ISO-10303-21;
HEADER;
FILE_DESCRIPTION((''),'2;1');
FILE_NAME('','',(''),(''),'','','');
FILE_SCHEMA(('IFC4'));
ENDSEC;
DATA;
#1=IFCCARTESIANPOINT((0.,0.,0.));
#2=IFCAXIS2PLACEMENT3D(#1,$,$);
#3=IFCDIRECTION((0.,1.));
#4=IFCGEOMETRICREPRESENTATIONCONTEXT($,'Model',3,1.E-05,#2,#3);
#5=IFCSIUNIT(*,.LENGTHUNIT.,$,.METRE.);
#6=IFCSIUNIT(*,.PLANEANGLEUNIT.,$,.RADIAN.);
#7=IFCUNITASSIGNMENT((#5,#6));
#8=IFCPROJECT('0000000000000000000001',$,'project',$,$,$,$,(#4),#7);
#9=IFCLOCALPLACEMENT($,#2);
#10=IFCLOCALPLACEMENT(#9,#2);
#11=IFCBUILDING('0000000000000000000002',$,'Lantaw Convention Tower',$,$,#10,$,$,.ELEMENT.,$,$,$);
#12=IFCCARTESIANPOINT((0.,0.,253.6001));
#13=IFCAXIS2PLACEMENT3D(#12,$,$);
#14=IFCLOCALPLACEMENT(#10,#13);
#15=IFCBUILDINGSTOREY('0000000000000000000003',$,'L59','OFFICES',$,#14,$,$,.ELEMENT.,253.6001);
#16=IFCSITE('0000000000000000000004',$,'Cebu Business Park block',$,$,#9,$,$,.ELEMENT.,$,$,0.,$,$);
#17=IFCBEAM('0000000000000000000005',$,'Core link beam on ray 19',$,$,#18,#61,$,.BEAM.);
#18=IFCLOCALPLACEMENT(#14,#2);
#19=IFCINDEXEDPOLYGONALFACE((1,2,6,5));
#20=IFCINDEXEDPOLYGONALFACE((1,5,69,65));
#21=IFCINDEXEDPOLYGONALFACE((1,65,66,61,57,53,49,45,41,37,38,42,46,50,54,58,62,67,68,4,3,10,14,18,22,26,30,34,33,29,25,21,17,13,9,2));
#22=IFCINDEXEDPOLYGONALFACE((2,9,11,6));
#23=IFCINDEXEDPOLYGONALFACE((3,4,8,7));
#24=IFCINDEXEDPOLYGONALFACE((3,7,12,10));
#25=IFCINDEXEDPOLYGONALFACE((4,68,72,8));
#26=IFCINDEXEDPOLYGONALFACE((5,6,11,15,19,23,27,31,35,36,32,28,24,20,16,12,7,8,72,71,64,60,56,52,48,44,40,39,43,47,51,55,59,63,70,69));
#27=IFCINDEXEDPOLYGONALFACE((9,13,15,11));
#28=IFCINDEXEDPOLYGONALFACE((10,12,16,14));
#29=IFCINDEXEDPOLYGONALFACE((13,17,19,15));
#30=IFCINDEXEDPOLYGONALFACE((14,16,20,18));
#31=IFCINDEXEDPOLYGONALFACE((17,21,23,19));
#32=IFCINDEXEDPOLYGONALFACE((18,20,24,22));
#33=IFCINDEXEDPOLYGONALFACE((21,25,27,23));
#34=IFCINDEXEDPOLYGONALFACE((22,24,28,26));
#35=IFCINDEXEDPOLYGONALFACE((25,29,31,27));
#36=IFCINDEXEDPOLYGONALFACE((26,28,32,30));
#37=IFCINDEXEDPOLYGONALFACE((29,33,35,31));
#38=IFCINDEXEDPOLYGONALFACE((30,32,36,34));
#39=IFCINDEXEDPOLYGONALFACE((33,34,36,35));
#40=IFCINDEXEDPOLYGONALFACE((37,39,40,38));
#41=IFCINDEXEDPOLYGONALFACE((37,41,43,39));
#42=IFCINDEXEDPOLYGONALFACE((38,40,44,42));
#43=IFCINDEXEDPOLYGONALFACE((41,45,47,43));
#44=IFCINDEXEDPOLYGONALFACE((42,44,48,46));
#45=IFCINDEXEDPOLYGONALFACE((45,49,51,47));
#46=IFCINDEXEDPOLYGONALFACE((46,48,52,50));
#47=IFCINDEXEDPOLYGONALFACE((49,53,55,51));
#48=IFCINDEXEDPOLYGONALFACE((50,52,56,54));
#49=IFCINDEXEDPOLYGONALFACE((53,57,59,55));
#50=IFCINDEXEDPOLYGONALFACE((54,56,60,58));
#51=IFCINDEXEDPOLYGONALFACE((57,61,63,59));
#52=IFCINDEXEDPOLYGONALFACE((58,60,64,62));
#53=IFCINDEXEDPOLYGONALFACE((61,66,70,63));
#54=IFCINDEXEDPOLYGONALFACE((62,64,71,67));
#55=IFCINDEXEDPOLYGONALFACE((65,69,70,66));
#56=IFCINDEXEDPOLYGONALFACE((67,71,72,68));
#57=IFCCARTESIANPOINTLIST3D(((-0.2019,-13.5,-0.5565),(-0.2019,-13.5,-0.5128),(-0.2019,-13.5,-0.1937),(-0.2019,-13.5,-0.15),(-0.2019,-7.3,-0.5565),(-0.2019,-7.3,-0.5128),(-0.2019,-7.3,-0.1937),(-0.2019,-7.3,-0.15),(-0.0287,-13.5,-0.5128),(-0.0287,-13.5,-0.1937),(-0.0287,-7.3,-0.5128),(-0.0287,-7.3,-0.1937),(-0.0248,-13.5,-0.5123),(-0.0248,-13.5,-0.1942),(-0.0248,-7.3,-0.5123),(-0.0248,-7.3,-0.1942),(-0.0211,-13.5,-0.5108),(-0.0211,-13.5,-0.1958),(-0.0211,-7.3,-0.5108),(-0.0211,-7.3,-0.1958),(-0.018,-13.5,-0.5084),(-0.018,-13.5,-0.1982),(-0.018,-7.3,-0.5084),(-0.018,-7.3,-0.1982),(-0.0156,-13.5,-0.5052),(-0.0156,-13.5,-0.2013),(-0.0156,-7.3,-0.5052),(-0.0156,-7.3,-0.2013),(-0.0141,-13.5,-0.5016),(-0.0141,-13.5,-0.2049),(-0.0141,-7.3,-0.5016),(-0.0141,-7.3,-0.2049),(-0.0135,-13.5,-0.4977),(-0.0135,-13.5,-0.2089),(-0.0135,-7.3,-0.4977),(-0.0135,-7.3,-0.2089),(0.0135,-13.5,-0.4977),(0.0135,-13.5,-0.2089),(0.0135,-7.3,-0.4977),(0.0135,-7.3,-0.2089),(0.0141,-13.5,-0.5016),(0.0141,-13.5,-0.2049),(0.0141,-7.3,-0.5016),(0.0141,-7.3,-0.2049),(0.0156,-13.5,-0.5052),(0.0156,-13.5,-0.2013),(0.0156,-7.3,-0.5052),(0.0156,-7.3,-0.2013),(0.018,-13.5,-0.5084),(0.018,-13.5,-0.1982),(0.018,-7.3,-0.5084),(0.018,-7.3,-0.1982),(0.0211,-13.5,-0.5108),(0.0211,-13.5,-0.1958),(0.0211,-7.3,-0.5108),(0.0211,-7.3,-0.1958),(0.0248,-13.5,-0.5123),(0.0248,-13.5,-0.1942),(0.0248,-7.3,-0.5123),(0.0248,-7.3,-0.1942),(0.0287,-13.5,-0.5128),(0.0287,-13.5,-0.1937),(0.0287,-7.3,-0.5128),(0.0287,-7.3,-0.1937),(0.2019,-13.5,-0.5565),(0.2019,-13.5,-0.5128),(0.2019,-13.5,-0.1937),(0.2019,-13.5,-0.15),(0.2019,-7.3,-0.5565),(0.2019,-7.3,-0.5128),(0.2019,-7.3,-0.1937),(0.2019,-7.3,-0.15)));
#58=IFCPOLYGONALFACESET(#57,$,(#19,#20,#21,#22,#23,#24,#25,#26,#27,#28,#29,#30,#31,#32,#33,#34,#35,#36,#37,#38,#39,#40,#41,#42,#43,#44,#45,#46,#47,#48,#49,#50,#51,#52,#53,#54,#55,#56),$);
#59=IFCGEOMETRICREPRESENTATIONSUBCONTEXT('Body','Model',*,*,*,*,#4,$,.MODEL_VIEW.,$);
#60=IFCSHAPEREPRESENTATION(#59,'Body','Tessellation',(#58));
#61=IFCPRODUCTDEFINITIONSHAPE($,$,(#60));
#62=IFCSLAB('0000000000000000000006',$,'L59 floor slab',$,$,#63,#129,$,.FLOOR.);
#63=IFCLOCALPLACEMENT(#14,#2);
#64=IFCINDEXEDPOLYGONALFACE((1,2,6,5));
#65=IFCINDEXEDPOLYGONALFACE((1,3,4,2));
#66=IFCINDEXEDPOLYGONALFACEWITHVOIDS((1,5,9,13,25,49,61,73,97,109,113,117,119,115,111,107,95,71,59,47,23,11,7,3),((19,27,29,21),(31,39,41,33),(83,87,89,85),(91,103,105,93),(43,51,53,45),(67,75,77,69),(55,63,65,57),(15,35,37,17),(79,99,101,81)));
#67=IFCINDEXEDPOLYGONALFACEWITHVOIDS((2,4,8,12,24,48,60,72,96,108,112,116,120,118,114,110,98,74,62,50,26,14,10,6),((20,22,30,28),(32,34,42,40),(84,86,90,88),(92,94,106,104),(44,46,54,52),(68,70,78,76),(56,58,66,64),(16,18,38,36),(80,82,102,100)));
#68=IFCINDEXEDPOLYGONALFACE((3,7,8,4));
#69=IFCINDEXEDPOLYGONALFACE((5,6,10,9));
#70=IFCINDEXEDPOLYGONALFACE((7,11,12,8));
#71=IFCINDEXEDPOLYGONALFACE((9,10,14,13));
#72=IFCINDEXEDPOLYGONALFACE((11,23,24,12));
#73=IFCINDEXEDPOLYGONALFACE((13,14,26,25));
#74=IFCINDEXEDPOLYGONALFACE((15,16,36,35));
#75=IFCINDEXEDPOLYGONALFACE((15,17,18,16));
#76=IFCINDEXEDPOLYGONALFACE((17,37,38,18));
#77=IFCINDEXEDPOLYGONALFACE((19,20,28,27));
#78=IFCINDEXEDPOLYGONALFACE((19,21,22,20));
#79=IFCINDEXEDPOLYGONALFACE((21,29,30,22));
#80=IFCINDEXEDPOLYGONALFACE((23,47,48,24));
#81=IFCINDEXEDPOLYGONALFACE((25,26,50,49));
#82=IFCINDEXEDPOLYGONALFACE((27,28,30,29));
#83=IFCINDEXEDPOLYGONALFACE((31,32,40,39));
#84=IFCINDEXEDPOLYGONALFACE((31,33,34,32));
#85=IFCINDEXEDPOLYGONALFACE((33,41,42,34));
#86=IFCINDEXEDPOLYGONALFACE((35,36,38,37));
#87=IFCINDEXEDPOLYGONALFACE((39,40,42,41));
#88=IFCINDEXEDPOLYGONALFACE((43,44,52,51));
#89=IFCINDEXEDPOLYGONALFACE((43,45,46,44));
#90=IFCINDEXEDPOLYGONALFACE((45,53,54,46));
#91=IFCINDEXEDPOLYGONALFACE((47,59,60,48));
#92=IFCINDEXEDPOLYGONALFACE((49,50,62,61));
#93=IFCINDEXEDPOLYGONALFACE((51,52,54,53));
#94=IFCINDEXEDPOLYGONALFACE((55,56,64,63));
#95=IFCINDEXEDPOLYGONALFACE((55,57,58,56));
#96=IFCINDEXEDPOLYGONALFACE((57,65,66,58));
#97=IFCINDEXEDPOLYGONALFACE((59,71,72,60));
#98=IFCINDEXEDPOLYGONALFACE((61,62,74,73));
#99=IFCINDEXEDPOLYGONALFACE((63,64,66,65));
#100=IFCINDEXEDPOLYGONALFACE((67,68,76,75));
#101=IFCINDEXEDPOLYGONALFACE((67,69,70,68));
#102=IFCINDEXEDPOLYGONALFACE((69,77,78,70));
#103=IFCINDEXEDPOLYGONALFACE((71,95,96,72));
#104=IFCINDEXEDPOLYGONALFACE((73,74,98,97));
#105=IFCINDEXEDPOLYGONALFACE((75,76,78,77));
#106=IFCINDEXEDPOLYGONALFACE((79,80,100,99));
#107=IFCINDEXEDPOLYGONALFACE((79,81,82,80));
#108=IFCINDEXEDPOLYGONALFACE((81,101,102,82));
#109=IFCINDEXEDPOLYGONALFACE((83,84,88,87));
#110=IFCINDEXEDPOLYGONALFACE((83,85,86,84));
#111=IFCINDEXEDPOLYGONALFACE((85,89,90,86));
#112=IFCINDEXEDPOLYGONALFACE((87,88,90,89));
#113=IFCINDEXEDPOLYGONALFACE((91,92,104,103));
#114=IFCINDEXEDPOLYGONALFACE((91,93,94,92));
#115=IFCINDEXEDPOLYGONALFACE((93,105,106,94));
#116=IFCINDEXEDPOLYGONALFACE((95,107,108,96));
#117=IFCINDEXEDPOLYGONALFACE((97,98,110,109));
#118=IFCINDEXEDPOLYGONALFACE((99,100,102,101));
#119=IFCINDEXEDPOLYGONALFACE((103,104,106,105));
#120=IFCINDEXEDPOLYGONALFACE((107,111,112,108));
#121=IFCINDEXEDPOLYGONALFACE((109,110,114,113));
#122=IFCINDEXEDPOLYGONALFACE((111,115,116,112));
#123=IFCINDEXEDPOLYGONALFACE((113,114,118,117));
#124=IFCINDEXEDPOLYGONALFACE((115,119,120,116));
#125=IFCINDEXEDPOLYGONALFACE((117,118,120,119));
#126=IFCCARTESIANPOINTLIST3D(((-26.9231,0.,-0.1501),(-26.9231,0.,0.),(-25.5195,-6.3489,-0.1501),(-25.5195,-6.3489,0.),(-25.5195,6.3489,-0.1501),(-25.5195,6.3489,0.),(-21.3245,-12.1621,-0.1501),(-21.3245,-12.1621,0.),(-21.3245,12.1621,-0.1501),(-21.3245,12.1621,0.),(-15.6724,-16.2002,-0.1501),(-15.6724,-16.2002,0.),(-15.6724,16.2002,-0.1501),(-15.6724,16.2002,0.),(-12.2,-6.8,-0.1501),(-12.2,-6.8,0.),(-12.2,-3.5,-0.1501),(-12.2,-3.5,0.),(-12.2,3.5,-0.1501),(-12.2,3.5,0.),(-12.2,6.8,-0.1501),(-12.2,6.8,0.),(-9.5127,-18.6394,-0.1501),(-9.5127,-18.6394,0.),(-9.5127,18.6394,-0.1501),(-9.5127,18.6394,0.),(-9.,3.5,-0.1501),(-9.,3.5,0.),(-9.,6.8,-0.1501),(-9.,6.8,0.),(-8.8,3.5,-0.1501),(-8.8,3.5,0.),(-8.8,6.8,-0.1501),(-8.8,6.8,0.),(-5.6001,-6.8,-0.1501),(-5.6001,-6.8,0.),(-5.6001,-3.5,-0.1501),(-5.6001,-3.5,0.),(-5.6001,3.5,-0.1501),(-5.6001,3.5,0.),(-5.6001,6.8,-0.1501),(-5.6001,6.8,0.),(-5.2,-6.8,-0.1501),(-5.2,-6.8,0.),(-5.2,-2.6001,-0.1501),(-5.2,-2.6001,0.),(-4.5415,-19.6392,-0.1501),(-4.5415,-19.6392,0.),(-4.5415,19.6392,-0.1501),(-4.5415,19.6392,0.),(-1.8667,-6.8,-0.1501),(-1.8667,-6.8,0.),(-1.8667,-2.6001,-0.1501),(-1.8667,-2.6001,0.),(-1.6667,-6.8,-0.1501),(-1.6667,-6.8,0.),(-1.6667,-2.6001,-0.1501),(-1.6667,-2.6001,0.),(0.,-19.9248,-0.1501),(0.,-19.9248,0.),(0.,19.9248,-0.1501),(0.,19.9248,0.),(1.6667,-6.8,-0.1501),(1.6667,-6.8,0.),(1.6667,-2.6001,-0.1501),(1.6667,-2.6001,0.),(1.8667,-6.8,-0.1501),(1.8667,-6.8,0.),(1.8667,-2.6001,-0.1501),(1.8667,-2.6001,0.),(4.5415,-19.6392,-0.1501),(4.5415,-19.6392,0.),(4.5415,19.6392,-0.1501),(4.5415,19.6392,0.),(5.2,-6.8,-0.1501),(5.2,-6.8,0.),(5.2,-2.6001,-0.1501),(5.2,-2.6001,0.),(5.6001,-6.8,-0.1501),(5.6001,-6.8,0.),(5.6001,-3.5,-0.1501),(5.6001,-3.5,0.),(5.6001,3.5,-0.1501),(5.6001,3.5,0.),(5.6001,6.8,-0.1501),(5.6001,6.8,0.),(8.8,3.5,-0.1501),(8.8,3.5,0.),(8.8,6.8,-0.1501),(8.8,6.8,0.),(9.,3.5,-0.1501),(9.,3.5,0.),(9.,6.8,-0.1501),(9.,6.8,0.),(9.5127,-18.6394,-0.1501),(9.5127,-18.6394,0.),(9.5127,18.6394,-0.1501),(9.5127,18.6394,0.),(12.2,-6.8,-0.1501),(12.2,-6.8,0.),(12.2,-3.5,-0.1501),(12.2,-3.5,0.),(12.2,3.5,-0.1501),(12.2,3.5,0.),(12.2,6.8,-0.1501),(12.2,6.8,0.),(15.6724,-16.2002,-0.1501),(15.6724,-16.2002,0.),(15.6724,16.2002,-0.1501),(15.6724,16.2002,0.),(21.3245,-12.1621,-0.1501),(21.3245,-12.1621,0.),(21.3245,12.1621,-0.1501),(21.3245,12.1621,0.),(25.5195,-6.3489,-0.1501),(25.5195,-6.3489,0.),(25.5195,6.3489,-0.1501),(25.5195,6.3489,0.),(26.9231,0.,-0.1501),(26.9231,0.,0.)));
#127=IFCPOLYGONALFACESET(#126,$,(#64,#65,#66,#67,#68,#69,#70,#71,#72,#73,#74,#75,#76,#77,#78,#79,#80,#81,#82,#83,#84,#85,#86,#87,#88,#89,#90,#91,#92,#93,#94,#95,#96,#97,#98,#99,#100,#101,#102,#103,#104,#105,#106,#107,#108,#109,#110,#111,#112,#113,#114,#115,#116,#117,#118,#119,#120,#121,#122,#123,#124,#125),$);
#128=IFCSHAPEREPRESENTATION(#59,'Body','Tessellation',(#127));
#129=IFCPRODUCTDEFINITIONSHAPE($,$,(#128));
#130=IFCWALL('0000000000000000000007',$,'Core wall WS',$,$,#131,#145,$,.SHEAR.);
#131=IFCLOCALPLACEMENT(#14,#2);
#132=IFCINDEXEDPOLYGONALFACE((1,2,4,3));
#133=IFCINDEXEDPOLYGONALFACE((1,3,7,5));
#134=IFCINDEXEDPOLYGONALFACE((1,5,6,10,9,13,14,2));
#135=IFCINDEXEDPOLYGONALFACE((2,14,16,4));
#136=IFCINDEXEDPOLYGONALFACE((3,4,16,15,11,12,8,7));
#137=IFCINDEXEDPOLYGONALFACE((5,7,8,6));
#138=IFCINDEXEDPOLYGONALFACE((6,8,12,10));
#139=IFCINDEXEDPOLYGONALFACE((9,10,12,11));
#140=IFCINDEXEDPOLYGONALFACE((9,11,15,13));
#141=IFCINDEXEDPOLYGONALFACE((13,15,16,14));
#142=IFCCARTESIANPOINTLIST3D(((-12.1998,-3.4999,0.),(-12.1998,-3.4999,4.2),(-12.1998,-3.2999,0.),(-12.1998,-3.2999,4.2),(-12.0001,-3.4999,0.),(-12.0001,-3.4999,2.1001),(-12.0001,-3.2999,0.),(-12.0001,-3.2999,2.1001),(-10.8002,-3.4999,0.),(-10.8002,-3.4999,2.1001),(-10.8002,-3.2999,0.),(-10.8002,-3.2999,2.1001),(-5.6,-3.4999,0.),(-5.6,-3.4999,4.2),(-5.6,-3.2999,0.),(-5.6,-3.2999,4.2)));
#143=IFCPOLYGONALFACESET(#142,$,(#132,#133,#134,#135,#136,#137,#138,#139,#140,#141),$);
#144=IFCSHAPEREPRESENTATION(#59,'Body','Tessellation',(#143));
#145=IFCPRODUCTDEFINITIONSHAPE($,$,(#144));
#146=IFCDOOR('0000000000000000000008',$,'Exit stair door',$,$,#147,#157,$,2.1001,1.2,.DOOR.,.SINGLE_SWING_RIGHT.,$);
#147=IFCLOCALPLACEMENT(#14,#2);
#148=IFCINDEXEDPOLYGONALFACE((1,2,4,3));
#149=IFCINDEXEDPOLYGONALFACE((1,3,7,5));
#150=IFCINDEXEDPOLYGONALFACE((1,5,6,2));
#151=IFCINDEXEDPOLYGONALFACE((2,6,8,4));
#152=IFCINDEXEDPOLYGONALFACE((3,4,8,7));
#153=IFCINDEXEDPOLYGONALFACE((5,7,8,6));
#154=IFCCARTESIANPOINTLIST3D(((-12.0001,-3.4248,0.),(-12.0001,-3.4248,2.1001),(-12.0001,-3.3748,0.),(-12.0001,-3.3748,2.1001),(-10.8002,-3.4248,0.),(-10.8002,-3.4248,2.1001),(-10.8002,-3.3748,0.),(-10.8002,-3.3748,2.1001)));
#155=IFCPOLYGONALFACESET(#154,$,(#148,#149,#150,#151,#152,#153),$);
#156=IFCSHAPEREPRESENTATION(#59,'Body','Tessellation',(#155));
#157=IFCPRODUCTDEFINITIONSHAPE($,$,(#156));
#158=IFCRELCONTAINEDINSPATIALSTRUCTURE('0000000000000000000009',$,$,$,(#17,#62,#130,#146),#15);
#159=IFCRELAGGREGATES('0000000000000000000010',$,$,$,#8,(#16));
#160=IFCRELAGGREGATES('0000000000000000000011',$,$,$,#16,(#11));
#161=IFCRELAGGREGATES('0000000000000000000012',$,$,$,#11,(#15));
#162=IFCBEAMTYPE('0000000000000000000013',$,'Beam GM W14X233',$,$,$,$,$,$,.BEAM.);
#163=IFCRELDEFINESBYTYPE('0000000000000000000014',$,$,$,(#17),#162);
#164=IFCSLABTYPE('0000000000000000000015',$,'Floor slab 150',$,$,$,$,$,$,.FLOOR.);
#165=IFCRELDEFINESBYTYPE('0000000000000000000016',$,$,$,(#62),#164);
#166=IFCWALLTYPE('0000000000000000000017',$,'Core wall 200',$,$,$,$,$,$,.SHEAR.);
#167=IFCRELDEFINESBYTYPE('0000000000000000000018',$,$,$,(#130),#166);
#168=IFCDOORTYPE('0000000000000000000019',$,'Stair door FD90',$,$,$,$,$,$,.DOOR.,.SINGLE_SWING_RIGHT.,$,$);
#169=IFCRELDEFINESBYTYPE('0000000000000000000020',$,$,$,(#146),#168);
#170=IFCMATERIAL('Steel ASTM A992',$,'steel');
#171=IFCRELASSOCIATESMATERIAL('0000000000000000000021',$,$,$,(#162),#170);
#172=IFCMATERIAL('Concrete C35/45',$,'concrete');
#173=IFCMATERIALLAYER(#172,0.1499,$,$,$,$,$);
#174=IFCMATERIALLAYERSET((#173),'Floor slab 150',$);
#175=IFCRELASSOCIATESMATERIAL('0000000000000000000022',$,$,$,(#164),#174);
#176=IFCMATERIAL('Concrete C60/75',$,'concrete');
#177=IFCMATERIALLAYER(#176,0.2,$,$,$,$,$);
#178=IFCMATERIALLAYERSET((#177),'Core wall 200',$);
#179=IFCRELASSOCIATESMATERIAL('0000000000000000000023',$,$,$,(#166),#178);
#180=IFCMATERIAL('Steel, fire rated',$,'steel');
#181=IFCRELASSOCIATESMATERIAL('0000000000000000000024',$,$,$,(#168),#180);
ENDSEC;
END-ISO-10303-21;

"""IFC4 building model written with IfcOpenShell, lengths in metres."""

from ifc_helpers import new_model, si_unit, direction, frame, frame_2d, origin, origin_2d, place, context, subcontext, project, spatial, polyline, rectangle, i_section, outline, extrude, material, layer, layer_set, material_profile, profile_set, type_object, element, fill, save


model = new_model("IFC4")

# Units and contexts
model_context = context("Model", 3, precision=1e-05, world=origin(), true_north=direction((0.0, 1.0)))
body_context = subcontext(model_context, "Body", "Model", "MODEL_VIEW")
ifc_project = project(units=[si_unit("LENGTHUNIT", "METRE"), si_unit("PLANEANGLEUNIT", "RADIAN")], contexts=[model_context])

# Site, building, storey
site_placement = place(None, origin())
site = spatial("IfcSite", under=ifc_project, at=site_placement, Name="Cebu Business Park block", CompositionType="ELEMENT", RefElevation=0.0)
building_placement = place(site_placement, origin())
building = spatial("IfcBuilding", under=site, at=building_placement, Name="Lantaw Convention Tower", CompositionType="ELEMENT")
storey_placement = place(building_placement, frame((0.0, 0.0, 253.6001)))
storey = spatial("IfcBuildingStorey", under=building, at=storey_placement, Name="L59", Description="OFFICES", CompositionType="ELEMENT", Elevation=253.6001)

# Beam
ifc_material_1 = material(Name="Steel ASTM A992", Category="steel")
ifc_material_profile_1 = material_profile(ifc_material_1, i_section(OverallWidth=0.4038, OverallDepth=0.4065, WebThickness=0.0271, FlangeThickness=0.0437, FilletRadius=0.0151, at=origin_2d()), Name="W14X233")
ifc_profile_set_1 = profile_set([ifc_material_profile_1], Name="Steel ASTM A992")
beam_type_1 = type_object("IfcBeamType", Name="Beam GM W14X233", PredefinedType="BEAM", material=ifc_profile_set_1)
beam_1_placement = place(storey_placement, frame((0.0, -7.3, -0.3533), z_axis=(0.0, -1.0, 0.0), x_axis=(1.0, 0.0, 0.0)))
element("IfcBeam", 1, at=beam_1_placement, inside=storey, type_object=beam_type_1, Name="Core link beam on ray 19", PredefinedType="BEAM", context=body_context, shape_type="SweptSolid", body=[
    extrude(i_section(OverallWidth=0.4038, OverallDepth=0.4065, WebThickness=0.0271, FlangeThickness=0.0437, FilletRadius=0.0151, at=origin_2d()), origin(), (0.0, 0.0, 1.0), 6.2),
])

# Slab
ifc_material_2 = material(Name="Concrete C35/45", Category="concrete")
ifc_layer_1 = layer(ifc_material_2, 0.1499)
ifc_layer_set_1 = layer_set([ifc_layer_1], Name="Floor slab 150")
slab_type = type_object("IfcSlabType", Name="Floor slab 150", PredefinedType="FLOOR", material=ifc_layer_set_1)
slab_placement = place(storey_placement, frame((0.0, 0.0, -0.1501)))
element("IfcSlab", 2, at=slab_placement, inside=storey, type_object=slab_type, Name="L59 floor slab", PredefinedType="FLOOR", context=body_context, shape_type="SweptSolid", body=[
    extrude(outline(polyline([(25.5195, -6.3489), (26.9231, 0.0), (25.5195, 6.3489), (21.3245, 12.1621), (15.6724, 16.2002), (9.5127, 18.6394), (4.5415, 19.6392), (0.0, 19.9248), (-4.5415, 19.6392), (-9.5127, 18.6394), (-15.6724, 16.2002), (-21.3245, 12.1621), (-25.5195, 6.3489), (-26.9231, 0.0), (-25.5195, -6.3489), (-21.3245, -12.1621), (-15.6724, -16.2002), (-9.5127, -18.6394), (-4.5415, -19.6392), (0.0, -19.9248), (4.5415, -19.6392), (9.5127, -18.6394), (15.6724, -16.2002), (21.3245, -12.1621), (25.5195, -6.3489)]), holes=[polyline([(-5.6001, -3.5), (-12.2, -3.5), (-12.2, -6.8), (-5.6001, -6.8), (-5.6001, -3.5)]), polyline([(12.2, -3.5), (5.6001, -3.5), (5.6001, -6.8), (12.2, -6.8), (12.2, -3.5)]), polyline([(-1.8667, -2.6001), (-5.2, -2.6001), (-5.2, -6.8), (-1.8667, -6.8), (-1.8667, -2.6001)]), polyline([(1.6667, -2.6001), (-1.6667, -2.6001), (-1.6667, -6.8), (1.6667, -6.8), (1.6667, -2.6001)]), polyline([(5.2, -2.6001), (1.8667, -2.6001), (1.8667, -6.8), (5.2, -6.8), (5.2, -2.6001)]), polyline([(-9.0, 6.8), (-12.2, 6.8), (-12.2, 3.5), (-9.0, 3.5), (-9.0, 6.8)]), polyline([(-5.6001, 6.8), (-8.8, 6.8), (-8.8, 3.5), (-5.6001, 3.5), (-5.6001, 6.8)]), polyline([(8.8, 3.5), (8.8, 6.8), (5.6001, 6.8), (5.6001, 3.5), (8.8, 3.5)]), polyline([(12.2, 3.5), (12.2, 6.8), (9.0, 6.8), (9.0, 3.5), (12.2, 3.5)])]), origin(), (0.0, 0.0, 1.0), 0.1501),
])

# Wall, opening, door
ifc_material_3 = material(Name="Concrete C60/75", Category="concrete")
ifc_layer_2 = layer(ifc_material_3, 0.2)
ifc_layer_set_2 = layer_set([ifc_layer_2], Name="Core wall 200")
wall_type_1 = type_object("IfcWallType", Name="Core wall 200", PredefinedType="SHEAR", material=ifc_layer_set_2)
wall_1_placement = place(storey_placement, frame((-5.6001, -3.3999, 0.0), z_axis=(0.0, 0.0, 1.0), x_axis=(-1.0, 0.0, 0.0)))
wall_1 = element("IfcWall", 3, at=wall_1_placement, inside=storey, type_object=wall_type_1, Name="Core wall WS", PredefinedType="SHEAR", context=body_context, shape_type="SweptSolid", body=[
    extrude(rectangle(XDim=6.5999, YDim=0.2, at=frame_2d((3.2998, 0.0))), origin(), (0.0, 0.0, 1.0), 4.2),
])
opening_1_placement = place(wall_1_placement, frame((5.2, 0.0, 0.0)))
opening_1 = element("IfcOpeningElement", 4, at=opening_1_placement, cuts=wall_1, PredefinedType="OPENING", context=body_context, shape_type="SweptSolid", body=[
    extrude(rectangle(XDim=1.2, YDim=2.1001, at=frame_2d((0.6001, 1.05))), frame((0.0, 0.1099, 0.0), z_axis=(0.0, -1.0, 0.0), x_axis=(1.0, 0.0, 0.0)), (0.0, 0.0, 1.0), 0.22),
])
ifc_material_4 = material(Name="Steel, fire rated", Category="steel")
door_type_1 = type_object("IfcDoorType", Name="Stair door FD90", OperationType="SINGLE_SWING_RIGHT", PredefinedType="DOOR", material=ifc_material_4)
door_1_placement = place(opening_1_placement, origin())
door_1 = element("IfcDoor", 5, at=door_1_placement, inside=storey, type_object=door_type_1, Name="Exit stair door", OperationType="SINGLE_SWING_RIGHT", OverallHeight=2.1001, OverallWidth=1.2, PredefinedType="DOOR", context=body_context, shape_type="SweptSolid", body=[
    extrude(rectangle(XDim=1.2, YDim=2.1001, at=frame_2d((0.6001, 1.05))), frame((0.0, 0.0249, 0.0), z_axis=(0.0, -1.0, 0.0), x_axis=(1.0, 0.0, 0.0)), (0.0, 0.0, 1.0), 0.05),
])
fill(opening_1, door_1)

save(model, "model.ifc")
